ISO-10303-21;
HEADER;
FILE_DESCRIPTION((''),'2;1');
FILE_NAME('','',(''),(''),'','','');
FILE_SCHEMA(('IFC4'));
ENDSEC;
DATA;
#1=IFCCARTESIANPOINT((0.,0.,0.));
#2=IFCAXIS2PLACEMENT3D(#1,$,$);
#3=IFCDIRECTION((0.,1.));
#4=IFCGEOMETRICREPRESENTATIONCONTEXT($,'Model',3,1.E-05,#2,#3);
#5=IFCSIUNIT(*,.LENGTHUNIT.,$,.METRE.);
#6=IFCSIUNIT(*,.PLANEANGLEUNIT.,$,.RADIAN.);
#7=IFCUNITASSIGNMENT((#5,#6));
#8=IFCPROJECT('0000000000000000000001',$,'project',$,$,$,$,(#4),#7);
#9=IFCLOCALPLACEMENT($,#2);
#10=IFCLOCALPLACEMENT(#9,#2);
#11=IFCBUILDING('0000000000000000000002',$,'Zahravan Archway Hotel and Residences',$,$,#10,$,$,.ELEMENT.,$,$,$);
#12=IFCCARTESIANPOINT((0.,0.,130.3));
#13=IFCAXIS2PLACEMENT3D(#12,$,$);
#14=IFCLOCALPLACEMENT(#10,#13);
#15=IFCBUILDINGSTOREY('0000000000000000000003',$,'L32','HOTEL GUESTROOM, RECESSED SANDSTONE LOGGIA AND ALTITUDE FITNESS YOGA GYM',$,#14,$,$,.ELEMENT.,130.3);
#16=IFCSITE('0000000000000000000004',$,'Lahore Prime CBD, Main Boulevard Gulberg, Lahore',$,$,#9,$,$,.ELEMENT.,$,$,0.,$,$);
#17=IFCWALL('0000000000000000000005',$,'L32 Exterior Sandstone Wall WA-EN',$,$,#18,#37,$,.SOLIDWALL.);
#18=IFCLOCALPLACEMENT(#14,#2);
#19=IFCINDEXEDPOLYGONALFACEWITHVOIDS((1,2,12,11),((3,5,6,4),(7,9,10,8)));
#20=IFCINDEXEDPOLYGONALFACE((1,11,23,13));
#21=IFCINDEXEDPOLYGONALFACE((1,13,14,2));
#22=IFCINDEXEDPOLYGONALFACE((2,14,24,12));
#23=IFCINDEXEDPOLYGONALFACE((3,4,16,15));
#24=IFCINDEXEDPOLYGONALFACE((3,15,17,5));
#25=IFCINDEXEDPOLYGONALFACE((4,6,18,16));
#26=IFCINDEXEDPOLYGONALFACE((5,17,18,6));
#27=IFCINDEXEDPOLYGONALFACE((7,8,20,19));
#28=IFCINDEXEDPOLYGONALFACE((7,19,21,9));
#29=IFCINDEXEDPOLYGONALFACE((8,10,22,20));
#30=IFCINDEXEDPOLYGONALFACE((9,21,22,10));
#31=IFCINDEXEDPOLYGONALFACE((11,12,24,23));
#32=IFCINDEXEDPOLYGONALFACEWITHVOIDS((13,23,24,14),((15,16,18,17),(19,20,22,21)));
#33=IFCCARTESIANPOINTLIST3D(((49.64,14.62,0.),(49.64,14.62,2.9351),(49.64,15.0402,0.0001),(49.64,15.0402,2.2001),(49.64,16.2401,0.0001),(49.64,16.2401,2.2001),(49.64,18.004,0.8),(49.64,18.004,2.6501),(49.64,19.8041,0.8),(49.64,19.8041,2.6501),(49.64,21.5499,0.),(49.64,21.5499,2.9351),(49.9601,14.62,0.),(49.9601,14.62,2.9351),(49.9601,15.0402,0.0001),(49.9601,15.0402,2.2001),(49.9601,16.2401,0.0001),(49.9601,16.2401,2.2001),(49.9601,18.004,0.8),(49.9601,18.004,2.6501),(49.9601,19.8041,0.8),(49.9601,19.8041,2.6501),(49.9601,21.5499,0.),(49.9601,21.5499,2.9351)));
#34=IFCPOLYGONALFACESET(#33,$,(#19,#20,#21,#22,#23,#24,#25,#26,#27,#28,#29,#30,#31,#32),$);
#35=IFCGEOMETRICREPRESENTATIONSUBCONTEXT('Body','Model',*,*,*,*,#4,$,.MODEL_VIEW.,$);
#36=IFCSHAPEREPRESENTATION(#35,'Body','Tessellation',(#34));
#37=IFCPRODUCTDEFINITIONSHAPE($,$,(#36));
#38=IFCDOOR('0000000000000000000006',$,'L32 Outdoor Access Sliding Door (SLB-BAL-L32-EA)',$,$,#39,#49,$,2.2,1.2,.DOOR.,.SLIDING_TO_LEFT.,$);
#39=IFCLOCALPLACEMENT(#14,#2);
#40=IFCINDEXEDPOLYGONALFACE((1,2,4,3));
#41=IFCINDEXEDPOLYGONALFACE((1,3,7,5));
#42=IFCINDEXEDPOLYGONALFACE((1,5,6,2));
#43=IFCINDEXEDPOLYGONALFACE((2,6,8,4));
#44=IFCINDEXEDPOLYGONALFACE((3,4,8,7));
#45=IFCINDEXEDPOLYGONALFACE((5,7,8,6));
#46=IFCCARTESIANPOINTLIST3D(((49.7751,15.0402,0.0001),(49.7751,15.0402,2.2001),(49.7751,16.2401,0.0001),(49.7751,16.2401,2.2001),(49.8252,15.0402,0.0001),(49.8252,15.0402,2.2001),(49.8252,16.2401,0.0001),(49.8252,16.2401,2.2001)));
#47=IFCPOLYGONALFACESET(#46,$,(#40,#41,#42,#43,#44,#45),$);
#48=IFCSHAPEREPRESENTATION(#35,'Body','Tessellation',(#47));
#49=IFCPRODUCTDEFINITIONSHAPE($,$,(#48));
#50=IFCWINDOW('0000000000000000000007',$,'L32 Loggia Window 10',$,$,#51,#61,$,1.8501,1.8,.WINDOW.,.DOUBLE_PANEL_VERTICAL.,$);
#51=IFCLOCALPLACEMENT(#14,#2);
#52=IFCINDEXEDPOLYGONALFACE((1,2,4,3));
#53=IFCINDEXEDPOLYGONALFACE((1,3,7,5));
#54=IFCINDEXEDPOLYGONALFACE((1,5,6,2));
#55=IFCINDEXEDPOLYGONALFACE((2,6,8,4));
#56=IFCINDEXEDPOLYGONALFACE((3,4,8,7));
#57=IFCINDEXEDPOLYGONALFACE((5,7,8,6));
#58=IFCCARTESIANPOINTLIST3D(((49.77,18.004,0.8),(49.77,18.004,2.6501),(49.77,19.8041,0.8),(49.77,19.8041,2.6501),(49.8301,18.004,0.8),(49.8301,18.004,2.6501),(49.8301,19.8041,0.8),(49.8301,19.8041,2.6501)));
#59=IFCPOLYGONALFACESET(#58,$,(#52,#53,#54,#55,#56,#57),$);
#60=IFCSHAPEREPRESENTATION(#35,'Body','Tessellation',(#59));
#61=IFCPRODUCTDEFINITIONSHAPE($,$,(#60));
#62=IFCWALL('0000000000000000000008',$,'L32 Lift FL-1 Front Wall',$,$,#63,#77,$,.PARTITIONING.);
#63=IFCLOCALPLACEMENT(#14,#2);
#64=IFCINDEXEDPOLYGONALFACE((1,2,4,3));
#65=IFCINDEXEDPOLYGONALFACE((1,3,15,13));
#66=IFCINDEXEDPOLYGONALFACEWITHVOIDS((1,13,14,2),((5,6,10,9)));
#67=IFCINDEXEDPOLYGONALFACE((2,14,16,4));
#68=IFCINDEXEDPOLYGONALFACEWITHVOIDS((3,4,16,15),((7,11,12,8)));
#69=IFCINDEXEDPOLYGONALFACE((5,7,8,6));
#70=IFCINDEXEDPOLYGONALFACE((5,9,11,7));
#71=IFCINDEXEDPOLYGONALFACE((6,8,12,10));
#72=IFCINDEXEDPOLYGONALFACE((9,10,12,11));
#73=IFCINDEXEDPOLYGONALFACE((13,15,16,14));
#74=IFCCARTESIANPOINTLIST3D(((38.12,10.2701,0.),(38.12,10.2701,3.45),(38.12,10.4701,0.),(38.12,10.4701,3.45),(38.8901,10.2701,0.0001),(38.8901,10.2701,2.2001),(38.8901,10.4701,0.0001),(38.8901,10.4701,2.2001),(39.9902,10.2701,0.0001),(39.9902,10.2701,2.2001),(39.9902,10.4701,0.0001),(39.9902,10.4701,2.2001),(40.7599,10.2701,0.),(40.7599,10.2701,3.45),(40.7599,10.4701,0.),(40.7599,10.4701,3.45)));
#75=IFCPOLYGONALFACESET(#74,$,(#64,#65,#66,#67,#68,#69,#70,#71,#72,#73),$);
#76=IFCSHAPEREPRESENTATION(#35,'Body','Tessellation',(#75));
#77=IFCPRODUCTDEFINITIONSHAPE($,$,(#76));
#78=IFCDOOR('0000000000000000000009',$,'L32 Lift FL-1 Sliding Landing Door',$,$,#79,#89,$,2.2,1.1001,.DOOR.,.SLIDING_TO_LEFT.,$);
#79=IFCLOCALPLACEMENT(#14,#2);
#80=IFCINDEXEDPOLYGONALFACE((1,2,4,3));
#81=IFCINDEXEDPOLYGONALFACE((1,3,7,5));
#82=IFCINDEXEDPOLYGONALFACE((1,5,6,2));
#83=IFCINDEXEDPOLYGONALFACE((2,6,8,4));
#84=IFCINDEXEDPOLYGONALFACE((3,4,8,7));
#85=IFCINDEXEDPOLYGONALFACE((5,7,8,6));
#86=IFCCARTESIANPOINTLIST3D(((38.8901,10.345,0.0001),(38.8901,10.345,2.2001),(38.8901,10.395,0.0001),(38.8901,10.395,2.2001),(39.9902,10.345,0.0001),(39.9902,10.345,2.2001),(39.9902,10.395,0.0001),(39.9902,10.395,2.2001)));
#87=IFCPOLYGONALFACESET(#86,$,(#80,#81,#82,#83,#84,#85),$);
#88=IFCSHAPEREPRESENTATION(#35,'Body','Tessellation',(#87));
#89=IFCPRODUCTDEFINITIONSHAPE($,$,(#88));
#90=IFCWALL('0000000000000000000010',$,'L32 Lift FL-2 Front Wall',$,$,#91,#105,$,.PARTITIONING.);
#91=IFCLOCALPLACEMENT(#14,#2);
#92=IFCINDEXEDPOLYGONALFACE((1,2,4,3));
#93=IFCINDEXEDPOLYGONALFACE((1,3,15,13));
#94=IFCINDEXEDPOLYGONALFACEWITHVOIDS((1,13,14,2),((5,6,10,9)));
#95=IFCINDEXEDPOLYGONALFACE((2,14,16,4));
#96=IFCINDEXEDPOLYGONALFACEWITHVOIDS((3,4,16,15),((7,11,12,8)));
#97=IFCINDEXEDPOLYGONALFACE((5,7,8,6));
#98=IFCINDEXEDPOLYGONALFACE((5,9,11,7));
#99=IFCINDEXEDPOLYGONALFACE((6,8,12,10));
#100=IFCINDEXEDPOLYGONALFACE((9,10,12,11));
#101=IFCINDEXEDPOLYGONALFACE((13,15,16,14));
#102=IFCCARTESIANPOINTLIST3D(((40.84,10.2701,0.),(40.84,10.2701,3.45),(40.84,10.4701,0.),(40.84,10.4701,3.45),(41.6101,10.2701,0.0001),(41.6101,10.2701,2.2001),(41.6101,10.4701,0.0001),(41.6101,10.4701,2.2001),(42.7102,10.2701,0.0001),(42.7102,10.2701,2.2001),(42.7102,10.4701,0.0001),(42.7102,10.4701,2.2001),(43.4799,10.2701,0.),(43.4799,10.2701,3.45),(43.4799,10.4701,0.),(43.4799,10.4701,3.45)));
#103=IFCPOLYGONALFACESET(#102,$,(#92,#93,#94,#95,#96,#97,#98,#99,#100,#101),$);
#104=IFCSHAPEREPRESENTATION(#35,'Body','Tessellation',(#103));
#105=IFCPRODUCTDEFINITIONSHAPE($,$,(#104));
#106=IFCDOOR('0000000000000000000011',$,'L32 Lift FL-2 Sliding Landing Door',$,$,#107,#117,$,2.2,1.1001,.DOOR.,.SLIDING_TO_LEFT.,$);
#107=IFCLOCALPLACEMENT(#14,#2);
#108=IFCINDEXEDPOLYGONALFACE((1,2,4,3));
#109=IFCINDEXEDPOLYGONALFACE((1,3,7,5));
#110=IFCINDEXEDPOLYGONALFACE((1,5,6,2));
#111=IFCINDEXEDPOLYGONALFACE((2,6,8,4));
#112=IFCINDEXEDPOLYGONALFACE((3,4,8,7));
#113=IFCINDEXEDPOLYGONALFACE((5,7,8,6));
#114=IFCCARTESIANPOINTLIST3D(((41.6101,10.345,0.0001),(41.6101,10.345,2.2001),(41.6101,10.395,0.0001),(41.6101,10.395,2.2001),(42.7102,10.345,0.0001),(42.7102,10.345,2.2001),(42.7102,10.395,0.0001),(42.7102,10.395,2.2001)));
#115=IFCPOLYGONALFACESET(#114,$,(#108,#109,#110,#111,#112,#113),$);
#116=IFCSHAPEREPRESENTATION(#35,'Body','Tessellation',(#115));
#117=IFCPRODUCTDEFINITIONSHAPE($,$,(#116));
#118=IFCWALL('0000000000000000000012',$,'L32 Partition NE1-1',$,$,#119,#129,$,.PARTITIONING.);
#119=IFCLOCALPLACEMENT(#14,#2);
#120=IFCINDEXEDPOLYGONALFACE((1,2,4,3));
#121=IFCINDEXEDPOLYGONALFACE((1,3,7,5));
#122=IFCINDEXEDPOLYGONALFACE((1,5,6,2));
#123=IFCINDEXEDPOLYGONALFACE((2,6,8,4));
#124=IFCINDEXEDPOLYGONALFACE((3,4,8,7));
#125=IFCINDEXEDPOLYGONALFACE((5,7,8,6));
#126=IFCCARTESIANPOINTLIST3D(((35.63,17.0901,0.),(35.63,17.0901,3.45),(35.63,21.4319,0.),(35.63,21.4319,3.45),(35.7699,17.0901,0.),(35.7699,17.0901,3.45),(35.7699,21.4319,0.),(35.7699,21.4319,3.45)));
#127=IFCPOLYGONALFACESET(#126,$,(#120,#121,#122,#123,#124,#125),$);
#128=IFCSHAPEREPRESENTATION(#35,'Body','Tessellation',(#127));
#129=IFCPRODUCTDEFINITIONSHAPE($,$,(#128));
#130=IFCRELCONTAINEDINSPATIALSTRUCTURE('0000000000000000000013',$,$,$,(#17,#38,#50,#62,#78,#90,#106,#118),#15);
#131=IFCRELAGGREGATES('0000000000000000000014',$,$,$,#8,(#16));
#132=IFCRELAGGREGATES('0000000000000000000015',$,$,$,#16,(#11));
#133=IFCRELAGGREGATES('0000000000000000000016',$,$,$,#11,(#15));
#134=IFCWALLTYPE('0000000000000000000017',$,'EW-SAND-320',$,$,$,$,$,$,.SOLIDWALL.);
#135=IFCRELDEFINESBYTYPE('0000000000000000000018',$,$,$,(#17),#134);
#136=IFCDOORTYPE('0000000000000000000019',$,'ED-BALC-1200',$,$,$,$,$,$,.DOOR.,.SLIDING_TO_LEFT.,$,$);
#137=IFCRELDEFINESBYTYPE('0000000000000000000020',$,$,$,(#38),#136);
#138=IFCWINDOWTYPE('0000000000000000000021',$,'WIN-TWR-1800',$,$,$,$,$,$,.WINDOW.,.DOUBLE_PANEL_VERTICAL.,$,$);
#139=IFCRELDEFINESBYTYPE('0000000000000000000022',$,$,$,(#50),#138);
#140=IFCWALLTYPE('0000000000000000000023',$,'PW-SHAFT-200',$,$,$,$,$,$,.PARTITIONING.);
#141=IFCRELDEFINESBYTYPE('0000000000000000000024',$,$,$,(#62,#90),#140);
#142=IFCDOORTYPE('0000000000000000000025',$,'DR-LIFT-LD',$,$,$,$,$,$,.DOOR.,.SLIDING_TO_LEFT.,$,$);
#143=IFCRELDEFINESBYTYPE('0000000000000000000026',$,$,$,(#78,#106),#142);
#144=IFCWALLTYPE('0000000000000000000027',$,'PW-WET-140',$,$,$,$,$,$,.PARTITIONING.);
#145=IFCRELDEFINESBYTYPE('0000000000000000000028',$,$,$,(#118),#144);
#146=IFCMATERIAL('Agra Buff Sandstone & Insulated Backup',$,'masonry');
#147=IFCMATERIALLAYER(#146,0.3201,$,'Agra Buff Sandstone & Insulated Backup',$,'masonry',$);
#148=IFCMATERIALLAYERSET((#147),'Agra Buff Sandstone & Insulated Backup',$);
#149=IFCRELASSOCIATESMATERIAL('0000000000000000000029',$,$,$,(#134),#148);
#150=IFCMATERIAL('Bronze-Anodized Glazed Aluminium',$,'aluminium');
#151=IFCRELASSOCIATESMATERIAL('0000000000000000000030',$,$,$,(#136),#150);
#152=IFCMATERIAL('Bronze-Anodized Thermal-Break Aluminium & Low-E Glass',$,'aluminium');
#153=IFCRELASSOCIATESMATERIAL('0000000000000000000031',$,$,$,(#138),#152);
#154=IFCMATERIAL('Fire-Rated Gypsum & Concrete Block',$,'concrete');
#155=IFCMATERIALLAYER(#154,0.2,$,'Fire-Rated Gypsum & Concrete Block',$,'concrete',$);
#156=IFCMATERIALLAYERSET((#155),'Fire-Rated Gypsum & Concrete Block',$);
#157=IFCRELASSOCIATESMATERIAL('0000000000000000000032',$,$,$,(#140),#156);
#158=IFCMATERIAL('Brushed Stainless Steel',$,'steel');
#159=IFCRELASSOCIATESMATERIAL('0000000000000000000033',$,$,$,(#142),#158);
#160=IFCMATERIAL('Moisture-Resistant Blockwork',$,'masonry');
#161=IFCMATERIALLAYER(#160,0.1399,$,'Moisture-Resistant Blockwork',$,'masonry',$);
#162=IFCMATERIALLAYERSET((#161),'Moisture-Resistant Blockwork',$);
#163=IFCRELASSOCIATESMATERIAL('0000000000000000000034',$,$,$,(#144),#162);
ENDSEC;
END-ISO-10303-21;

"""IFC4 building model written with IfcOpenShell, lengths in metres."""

from ifc_helpers import new_model, si_unit, direction, frame, frame_2d, origin, place, context, subcontext, project, spatial, rectangle, extrude, source, transform, mapped, material, layer, layer_set, type_object, type_shapes, element, fill, save


model = new_model("IFC4")

# Units and contexts
model_context = context("Model", 3, precision=1e-05, world=origin(), true_north=direction((0.0, 1.0)))
body_context = subcontext(model_context, "Body", "Model", "MODEL_VIEW")
ifc_project = project(units=[si_unit("LENGTHUNIT", "METRE"), si_unit("PLANEANGLEUNIT", "RADIAN")], contexts=[model_context])

# Site, building, storey
site_placement = place(None, origin())
site = spatial("IfcSite", under=ifc_project, at=site_placement, Name="Lahore Prime CBD, Main Boulevard Gulberg, Lahore", CompositionType="ELEMENT", RefElevation=0.0)
building_placement = place(site_placement, origin())
building = spatial("IfcBuilding", under=site, at=building_placement, Name="Zahravan Archway Hotel and Residences", CompositionType="ELEMENT")
storey_placement = place(building_placement, frame((0.0, 0.0, 130.3)))
storey = spatial("IfcBuildingStorey", under=building, at=storey_placement, Name="L32", Description="HOTEL GUESTROOM, RECESSED SANDSTONE LOGGIA AND ALTITUDE FITNESS YOGA GYM", CompositionType="ELEMENT", Elevation=130.3)

# Wall, openings, door, window
ifc_material_1 = material(Name="Agra Buff Sandstone & Insulated Backup", Category="masonry")
ifc_layer_1 = layer(ifc_material_1, 0.3201, Name="Agra Buff Sandstone & Insulated Backup", Category="masonry")
ifc_layer_set_1 = layer_set([ifc_layer_1], Name="Agra Buff Sandstone & Insulated Backup")
wall_type_1 = type_object("IfcWallType", Name="EW-SAND-320", PredefinedType="SOLIDWALL", material=ifc_layer_set_1)
wall_1_placement = place(storey_placement, frame((49.8, 14.6201, 0.0), z_axis=(0.0, 0.0, 1.0), x_axis=(0.0, 1.0, 0.0)))
wall_1 = element("IfcWall", 1, at=wall_1_placement, inside=storey, type_object=wall_type_1, Name="L32 Exterior Sandstone Wall WA-EN", PredefinedType="SOLIDWALL", context=body_context, shape_type="SweptSolid", body=[
    extrude(rectangle(XDim=6.9299, YDim=0.3201, at=frame_2d((3.4648, 0.0))), origin(), (0.0, 0.0, 1.0), 2.9351),
])
opening_1_placement = place(wall_1_placement, frame((0.4199, 0.0, 0.0)))
opening_1 = element("IfcOpeningElement", 2, at=opening_1_placement, cuts=wall_1, PredefinedType="OPENING", context=body_context, shape_type="SweptSolid", body=[
    extrude(rectangle(XDim=1.2, YDim=2.2, at=frame_2d((0.6001, 1.1001))), frame((0.0, 0.1699, 0.0), z_axis=(0.0, -1.0, 0.0), x_axis=(1.0, 0.0, 0.0)), (0.0, 0.0, 1.0), 0.3401),
])
opening_2_placement = place(wall_1_placement, frame((3.384, 0.0, 0.8)))
opening_2 = element("IfcOpeningElement", 3, at=opening_2_placement, cuts=wall_1, PredefinedType="OPENING", context=body_context, shape_type="SweptSolid", body=[
    extrude(rectangle(XDim=1.8, YDim=1.8501, at=frame_2d((0.8999, 0.925))), frame((0.0, 0.1699, 0.0), z_axis=(0.0, -1.0, 0.0), x_axis=(1.0, 0.0, 0.0)), (0.0, 0.0, 1.0), 0.3401),
])
ifc_material_2 = material(Name="Bronze-Anodized Glazed Aluminium", Category="aluminium")
door_type_1 = type_object("IfcDoorType", Name="ED-BALC-1200", OperationType="SLIDING_TO_LEFT", PredefinedType="DOOR", material=ifc_material_2)
shared_shape_1 = source(origin(), body_context, "Body", "SweptSolid", [
    extrude(rectangle(XDim=1.2, YDim=2.2, at=frame_2d((0.6001, 1.1001))), frame((0.0, 0.0249, 0.0), z_axis=(0.0, -1.0, 0.0), x_axis=(1.0, 0.0, 0.0)), (0.0, 0.0, 1.0), 0.05),
])
type_shapes(door_type_1, [shared_shape_1])
door_1_placement = place(opening_1_placement, origin())
door_1 = element("IfcDoor", 4, at=door_1_placement, inside=storey, type_object=door_type_1, Name="L32 Outdoor Access Sliding Door (SLB-BAL-L32-EA)", OperationType="SLIDING_TO_LEFT", OverallHeight=2.2, OverallWidth=1.2, PredefinedType="DOOR", context=body_context, shape_type="MappedRepresentation", body=[
    mapped(shared_shape_1, transform((0.0, 0.0, 0.0), scale=1.0)),
])
fill(opening_1, door_1)
ifc_material_3 = material(Name="Bronze-Anodized Thermal-Break Aluminium & Low-E Glass", Category="aluminium")
window_type = type_object("IfcWindowType", Name="WIN-TWR-1800", PartitioningType="DOUBLE_PANEL_VERTICAL", PredefinedType="WINDOW", material=ifc_material_3)
shared_shape_2 = source(origin(), body_context, "Body", "SweptSolid", [
    extrude(rectangle(XDim=1.8, YDim=1.8501, at=frame_2d((0.8999, 0.925))), frame((0.0, 0.03, 0.0), z_axis=(0.0, -1.0, 0.0), x_axis=(1.0, 0.0, 0.0)), (0.0, 0.0, 1.0), 0.0601),
])
type_shapes(window_type, [shared_shape_2])
window_placement = place(opening_2_placement, origin())
window = element("IfcWindow", 5, at=window_placement, inside=storey, type_object=window_type, Name="L32 Loggia Window 10", OverallHeight=1.8501, OverallWidth=1.8, PartitioningType="DOUBLE_PANEL_VERTICAL", PredefinedType="WINDOW", context=body_context, shape_type="MappedRepresentation", body=[
    mapped(shared_shape_2, transform((0.0, 0.0, 0.0), scale=1.0)),
])
fill(opening_2, window)

# Walls, openings, doors
ifc_material_4 = material(Name="Fire-Rated Gypsum & Concrete Block", Category="concrete")
ifc_layer_2 = layer(ifc_material_4, 0.2, Name="Fire-Rated Gypsum & Concrete Block", Category="concrete")
ifc_layer_set_2 = layer_set([ifc_layer_2], Name="Fire-Rated Gypsum & Concrete Block")
wall_type_2 = type_object("IfcWallType", Name="PW-SHAFT-200", PredefinedType="PARTITIONING", material=ifc_layer_set_2)
wall_2_placement = place(storey_placement, frame((38.1201, 10.3701, 0.0), z_axis=(0.0, 0.0, 1.0), x_axis=(1.0, 0.0, 0.0)))
wall_2 = element("IfcWall", 6, at=wall_2_placement, inside=storey, type_object=wall_type_2, Name="L32 Lift FL-1 Front Wall", PredefinedType="PARTITIONING", context=body_context, shape_type="SweptSolid", body=[
    extrude(rectangle(XDim=2.6399, YDim=0.2, at=frame_2d((1.3198, 0.0))), origin(), (0.0, 0.0, 1.0), 3.45),
])
opening_3_placement = place(wall_2_placement, frame((0.77, 0.0, 0.0)))
opening_3 = element("IfcOpeningElement", 7, at=opening_3_placement, cuts=wall_2, PredefinedType="OPENING", context=body_context, shape_type="SweptSolid", body=[
    extrude(rectangle(XDim=1.1001, YDim=2.2, at=frame_2d((0.55, 1.1001))), frame((0.0, 0.1099, 0.0), z_axis=(0.0, -1.0, 0.0), x_axis=(1.0, 0.0, 0.0)), (0.0, 0.0, 1.0), 0.22),
])
ifc_material_5 = material(Name="Brushed Stainless Steel", Category="steel")
door_type_2 = type_object("IfcDoorType", Name="DR-LIFT-LD", OperationType="SLIDING_TO_LEFT", PredefinedType="DOOR", material=ifc_material_5)
shared_shape_3 = source(origin(), body_context, "Body", "SweptSolid", [
    extrude(rectangle(XDim=1.1001, YDim=2.2, at=frame_2d((0.55, 1.1001))), frame((0.0, 0.0249, 0.0), z_axis=(0.0, -1.0, 0.0), x_axis=(1.0, 0.0, 0.0)), (0.0, 0.0, 1.0), 0.05),
])
type_shapes(door_type_2, [shared_shape_3])
door_2_placement = place(opening_3_placement, origin())
door_2 = element("IfcDoor", 8, at=door_2_placement, inside=storey, type_object=door_type_2, Name="L32 Lift FL-1 Sliding Landing Door", OperationType="SLIDING_TO_LEFT", OverallHeight=2.2, OverallWidth=1.1001, PredefinedType="DOOR", context=body_context, shape_type="MappedRepresentation", body=[
    mapped(shared_shape_3, transform((0.0, 0.0, 0.0), scale=1.0)),
])
fill(opening_3, door_2)
wall_3_placement = place(storey_placement, frame((40.8401, 10.3701, 0.0), z_axis=(0.0, 0.0, 1.0), x_axis=(1.0, 0.0, 0.0)))
wall_3 = element("IfcWall", 9, at=wall_3_placement, inside=storey, type_object=wall_type_2, Name="L32 Lift FL-2 Front Wall", PredefinedType="PARTITIONING", context=body_context, shape_type="SweptSolid", body=[
    extrude(rectangle(XDim=2.6399, YDim=0.2, at=frame_2d((1.3198, 0.0))), origin(), (0.0, 0.0, 1.0), 3.45),
])
opening_4_placement = place(wall_3_placement, frame((0.77, 0.0, 0.0)))
opening_4 = element("IfcOpeningElement", 10, at=opening_4_placement, cuts=wall_3, PredefinedType="OPENING", context=body_context, shape_type="SweptSolid", body=[
    extrude(rectangle(XDim=1.1001, YDim=2.2, at=frame_2d((0.55, 1.1001))), frame((0.0, 0.1099, 0.0), z_axis=(0.0, -1.0, 0.0), x_axis=(1.0, 0.0, 0.0)), (0.0, 0.0, 1.0), 0.22),
])
door_3_placement = place(opening_4_placement, origin())
door_3 = element("IfcDoor", 11, at=door_3_placement, inside=storey, type_object=door_type_2, Name="L32 Lift FL-2 Sliding Landing Door", OperationType="SLIDING_TO_LEFT", OverallHeight=2.2, OverallWidth=1.1001, PredefinedType="DOOR", context=body_context, shape_type="MappedRepresentation", body=[
    mapped(shared_shape_3, transform((0.0, 0.0, 0.0), scale=1.0)),
])
fill(opening_4, door_3)

# Wall
ifc_material_6 = material(Name="Moisture-Resistant Blockwork", Category="masonry")
ifc_layer_3 = layer(ifc_material_6, 0.1399, Name="Moisture-Resistant Blockwork", Category="masonry")
ifc_layer_set_3 = layer_set([ifc_layer_3], Name="Moisture-Resistant Blockwork")
wall_type_3 = type_object("IfcWallType", Name="PW-WET-140", PredefinedType="PARTITIONING", material=ifc_layer_set_3)
wall_4_placement = place(storey_placement, frame((35.7, 17.0901, 0.0), z_axis=(0.0, 0.0, 1.0), x_axis=(0.0, 1.0, 0.0)))
element("IfcWall", 12, at=wall_4_placement, inside=storey, type_object=wall_type_3, Name="L32 Partition NE1-1", PredefinedType="PARTITIONING", context=body_context, shape_type="SweptSolid", body=[
    extrude(rectangle(XDim=4.3418, YDim=0.1399, at=frame_2d((2.1709, 0.0))), origin(), (0.0, 0.0, 1.0), 3.45),
])

save(model, "model.ifc")
